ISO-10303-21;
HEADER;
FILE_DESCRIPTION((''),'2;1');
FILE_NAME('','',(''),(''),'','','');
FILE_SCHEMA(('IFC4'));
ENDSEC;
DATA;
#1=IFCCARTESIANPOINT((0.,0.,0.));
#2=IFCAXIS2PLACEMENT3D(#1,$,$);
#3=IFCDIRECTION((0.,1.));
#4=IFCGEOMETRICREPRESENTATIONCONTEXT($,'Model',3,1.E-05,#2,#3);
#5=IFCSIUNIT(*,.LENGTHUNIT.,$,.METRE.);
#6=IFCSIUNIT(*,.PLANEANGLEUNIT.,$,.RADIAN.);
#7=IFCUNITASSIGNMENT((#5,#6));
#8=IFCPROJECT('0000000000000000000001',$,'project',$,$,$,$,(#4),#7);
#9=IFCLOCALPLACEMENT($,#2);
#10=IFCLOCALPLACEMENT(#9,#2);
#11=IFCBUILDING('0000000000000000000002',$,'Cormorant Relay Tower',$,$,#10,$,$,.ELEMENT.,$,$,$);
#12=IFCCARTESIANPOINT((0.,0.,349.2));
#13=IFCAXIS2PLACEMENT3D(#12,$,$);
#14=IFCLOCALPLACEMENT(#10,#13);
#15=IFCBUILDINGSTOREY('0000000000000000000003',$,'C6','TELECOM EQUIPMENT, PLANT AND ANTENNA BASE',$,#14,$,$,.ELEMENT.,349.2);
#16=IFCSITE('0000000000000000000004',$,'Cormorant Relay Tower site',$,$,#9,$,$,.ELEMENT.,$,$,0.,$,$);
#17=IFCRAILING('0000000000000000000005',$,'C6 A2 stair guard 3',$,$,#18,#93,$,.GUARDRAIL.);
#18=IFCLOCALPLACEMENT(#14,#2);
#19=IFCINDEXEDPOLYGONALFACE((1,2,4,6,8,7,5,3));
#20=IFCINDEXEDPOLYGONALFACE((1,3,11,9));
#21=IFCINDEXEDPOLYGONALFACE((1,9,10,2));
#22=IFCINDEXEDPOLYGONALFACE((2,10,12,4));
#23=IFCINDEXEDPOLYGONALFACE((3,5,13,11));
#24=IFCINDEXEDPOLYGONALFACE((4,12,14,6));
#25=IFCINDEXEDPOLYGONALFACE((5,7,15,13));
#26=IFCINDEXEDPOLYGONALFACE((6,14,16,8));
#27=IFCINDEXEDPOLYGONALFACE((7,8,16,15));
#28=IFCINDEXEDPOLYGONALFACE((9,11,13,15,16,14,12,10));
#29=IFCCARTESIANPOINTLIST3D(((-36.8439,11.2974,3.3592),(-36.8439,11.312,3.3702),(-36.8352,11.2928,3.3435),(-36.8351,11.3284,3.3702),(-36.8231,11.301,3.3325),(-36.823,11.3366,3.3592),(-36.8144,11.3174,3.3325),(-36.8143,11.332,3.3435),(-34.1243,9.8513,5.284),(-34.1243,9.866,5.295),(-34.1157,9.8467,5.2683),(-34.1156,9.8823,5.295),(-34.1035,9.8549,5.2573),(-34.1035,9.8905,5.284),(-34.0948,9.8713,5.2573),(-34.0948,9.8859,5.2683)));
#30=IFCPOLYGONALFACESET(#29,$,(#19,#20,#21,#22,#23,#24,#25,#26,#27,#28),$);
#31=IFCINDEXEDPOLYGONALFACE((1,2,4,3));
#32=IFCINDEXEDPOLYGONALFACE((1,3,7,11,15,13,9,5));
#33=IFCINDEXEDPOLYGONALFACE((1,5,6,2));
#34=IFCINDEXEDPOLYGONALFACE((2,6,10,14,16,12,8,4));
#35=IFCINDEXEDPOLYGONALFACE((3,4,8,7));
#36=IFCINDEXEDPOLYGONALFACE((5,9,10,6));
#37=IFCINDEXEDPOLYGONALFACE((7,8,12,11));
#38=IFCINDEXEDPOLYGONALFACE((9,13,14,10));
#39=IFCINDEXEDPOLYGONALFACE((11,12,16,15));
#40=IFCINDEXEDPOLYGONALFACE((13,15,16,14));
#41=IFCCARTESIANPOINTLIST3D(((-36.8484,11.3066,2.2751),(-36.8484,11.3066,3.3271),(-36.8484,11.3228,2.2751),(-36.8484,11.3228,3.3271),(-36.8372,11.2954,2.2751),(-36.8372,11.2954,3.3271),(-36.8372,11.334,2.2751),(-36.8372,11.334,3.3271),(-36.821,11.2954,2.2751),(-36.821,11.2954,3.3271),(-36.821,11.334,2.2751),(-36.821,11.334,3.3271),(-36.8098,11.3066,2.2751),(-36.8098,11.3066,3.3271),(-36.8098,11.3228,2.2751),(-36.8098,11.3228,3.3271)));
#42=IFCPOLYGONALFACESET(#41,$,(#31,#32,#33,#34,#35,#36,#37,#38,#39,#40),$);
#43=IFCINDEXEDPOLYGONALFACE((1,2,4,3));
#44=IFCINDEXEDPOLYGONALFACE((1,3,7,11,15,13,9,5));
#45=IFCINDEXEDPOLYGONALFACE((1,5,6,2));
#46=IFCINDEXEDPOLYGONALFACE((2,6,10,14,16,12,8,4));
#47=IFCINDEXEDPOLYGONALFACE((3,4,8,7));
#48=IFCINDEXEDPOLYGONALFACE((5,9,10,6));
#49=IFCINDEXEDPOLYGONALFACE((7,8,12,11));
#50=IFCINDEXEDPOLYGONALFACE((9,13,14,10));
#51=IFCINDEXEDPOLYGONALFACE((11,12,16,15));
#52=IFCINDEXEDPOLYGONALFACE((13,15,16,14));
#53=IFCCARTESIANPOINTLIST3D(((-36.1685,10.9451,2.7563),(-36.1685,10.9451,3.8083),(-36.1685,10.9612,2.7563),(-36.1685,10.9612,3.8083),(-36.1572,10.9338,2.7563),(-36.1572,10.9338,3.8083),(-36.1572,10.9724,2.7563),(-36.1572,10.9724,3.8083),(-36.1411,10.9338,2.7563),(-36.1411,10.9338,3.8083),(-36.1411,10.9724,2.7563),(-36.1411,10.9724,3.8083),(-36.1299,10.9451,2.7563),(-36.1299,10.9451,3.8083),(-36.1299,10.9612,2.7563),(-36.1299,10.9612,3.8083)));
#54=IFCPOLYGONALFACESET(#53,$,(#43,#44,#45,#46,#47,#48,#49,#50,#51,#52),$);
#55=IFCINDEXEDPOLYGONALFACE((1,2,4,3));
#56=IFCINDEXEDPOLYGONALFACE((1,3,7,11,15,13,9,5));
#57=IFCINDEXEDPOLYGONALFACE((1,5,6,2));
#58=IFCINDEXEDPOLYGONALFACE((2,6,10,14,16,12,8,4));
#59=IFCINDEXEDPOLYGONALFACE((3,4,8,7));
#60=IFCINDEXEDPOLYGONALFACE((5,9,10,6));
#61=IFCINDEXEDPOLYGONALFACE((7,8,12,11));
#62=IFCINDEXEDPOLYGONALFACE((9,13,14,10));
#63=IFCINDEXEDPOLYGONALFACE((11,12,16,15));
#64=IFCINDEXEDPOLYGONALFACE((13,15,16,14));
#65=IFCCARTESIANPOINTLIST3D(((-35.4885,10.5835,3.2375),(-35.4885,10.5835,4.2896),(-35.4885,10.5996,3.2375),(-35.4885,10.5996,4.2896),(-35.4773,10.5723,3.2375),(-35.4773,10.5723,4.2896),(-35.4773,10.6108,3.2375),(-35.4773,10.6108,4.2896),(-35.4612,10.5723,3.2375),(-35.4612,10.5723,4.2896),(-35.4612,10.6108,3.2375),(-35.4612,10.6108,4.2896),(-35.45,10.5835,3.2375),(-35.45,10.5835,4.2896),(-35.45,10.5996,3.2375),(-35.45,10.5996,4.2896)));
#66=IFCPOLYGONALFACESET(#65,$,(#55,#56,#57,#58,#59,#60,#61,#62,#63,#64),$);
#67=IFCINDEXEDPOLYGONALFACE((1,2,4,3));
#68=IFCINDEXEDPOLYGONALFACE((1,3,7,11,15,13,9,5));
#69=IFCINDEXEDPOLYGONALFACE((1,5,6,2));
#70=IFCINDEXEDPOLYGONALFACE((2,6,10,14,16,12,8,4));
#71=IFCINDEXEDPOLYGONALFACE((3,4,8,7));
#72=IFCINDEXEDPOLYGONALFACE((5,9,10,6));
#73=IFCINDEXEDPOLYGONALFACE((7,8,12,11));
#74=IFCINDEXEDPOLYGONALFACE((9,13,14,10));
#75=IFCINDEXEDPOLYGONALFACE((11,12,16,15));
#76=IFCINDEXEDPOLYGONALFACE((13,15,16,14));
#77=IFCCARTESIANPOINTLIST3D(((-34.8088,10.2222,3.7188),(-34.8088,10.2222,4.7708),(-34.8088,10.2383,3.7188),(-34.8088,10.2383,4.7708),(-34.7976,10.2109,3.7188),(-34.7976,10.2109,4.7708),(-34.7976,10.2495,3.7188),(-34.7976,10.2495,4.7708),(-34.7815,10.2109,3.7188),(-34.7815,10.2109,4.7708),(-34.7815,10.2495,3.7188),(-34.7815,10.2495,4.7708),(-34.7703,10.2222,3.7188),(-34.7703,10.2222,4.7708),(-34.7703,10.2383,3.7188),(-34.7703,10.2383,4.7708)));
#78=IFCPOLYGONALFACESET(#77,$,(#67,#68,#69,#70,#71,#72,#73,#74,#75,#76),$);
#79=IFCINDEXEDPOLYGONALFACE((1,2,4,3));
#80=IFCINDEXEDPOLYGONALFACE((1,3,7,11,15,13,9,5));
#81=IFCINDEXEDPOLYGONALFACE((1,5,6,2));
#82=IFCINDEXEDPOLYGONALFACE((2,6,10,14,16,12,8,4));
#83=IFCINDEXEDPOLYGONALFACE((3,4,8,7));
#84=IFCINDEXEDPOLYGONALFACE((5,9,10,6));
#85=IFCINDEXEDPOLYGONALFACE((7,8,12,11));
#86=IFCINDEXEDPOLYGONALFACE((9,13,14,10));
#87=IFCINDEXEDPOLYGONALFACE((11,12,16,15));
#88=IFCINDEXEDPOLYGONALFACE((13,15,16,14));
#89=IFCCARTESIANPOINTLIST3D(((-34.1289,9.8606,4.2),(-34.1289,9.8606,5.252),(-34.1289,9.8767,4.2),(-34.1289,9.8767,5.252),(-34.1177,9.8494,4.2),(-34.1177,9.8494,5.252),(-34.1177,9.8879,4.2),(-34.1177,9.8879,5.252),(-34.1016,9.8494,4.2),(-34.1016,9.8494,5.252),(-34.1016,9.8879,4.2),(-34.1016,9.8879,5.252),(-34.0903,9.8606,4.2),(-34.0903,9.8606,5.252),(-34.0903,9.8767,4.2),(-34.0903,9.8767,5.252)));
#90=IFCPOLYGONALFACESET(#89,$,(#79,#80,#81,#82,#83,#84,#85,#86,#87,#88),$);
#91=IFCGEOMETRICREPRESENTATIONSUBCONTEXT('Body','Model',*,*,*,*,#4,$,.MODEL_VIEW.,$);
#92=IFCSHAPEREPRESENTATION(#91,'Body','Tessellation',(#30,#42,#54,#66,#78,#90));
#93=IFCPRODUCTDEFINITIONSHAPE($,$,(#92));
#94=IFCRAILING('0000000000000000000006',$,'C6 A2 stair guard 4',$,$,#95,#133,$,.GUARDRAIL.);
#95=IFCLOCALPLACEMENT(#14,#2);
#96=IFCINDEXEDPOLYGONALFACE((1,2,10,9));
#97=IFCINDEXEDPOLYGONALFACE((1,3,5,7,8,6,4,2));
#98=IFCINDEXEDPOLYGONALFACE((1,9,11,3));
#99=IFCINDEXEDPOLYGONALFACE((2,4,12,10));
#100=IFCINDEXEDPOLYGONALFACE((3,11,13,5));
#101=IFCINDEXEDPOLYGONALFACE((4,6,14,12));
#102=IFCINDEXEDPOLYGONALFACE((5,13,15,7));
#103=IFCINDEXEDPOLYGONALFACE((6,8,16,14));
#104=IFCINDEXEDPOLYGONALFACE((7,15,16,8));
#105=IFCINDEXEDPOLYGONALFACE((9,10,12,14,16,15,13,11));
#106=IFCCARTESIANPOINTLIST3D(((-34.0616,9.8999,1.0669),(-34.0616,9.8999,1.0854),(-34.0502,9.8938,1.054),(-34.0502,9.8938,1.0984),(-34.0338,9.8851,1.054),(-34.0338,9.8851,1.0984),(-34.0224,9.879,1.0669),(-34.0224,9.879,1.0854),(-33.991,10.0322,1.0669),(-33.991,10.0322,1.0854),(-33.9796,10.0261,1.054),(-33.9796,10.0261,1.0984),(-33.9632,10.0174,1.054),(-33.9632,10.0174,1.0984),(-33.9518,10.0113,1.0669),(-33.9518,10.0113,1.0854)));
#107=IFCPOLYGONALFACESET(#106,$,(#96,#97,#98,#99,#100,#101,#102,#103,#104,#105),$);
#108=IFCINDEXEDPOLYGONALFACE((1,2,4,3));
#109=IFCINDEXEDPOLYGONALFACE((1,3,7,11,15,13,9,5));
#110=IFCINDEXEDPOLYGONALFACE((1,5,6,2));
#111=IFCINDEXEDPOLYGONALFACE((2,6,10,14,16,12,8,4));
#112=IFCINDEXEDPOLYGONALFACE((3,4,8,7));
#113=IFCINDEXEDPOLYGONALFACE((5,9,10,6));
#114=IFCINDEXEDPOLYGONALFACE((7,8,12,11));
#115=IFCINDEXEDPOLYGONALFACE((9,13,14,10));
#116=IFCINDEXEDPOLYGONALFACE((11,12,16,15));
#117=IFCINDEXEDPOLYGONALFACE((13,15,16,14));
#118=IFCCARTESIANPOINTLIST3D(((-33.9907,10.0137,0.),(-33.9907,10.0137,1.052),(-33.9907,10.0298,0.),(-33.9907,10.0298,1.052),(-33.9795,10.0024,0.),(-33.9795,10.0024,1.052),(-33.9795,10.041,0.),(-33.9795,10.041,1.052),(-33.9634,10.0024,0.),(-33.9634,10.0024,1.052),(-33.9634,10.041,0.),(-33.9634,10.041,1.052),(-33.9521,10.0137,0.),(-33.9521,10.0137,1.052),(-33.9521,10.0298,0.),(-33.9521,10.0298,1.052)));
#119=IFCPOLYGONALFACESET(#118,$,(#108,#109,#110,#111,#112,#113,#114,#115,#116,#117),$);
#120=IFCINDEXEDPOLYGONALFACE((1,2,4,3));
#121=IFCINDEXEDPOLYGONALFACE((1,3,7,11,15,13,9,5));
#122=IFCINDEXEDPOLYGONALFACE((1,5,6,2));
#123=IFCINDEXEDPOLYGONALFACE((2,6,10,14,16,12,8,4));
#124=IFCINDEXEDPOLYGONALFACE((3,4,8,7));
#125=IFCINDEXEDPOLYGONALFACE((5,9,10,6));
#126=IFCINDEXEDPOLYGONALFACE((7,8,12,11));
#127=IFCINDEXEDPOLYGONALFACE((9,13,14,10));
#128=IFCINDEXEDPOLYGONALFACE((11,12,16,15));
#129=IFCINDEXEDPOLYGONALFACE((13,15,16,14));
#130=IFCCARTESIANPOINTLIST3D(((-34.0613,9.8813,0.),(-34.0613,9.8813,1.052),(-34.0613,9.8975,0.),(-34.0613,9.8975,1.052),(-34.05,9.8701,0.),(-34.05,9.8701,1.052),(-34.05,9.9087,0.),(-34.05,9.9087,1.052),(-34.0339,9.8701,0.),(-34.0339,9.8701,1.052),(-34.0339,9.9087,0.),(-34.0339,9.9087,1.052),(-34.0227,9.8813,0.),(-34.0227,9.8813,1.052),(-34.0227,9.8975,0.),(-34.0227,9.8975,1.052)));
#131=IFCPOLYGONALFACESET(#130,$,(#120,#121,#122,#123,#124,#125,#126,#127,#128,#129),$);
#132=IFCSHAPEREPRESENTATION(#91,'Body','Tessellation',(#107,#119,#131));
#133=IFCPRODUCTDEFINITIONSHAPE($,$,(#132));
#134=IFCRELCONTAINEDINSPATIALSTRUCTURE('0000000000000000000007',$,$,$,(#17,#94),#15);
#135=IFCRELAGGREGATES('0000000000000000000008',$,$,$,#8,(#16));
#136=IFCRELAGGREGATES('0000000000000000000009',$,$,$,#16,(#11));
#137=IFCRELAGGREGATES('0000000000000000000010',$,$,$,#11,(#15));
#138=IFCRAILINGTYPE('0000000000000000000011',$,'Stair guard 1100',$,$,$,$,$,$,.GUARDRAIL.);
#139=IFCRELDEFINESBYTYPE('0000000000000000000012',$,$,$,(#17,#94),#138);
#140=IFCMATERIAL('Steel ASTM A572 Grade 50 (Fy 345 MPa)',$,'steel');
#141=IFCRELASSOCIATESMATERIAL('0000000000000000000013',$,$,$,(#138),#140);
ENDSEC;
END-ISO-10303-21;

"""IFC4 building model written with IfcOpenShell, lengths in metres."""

from ifc_helpers import new_model, si_unit, direction, frame, origin, place, context, subcontext, project, spatial, polyline, outline, extrude, material, type_object, element, save


model = new_model("IFC4")

# Units and contexts
model_context = context("Model", 3, precision=1e-05, world=origin(), true_north=direction((0.0, 1.0)))
body_context = subcontext(model_context, "Body", "Model", "MODEL_VIEW")
ifc_project = project(units=[si_unit("LENGTHUNIT", "METRE"), si_unit("PLANEANGLEUNIT", "RADIAN")], contexts=[model_context])

# Site, building, storey
site_placement = place(None, origin())
site = spatial("IfcSite", under=ifc_project, at=site_placement, Name="Cormorant Relay Tower site", CompositionType="ELEMENT", RefElevation=0.0)
building_placement = place(site_placement, origin())
building = spatial("IfcBuilding", under=site, at=building_placement, Name="Cormorant Relay Tower", CompositionType="ELEMENT")
storey_placement = place(building_placement, frame((0.0, 0.0, 349.2)))
storey = spatial("IfcBuildingStorey", under=building, at=storey_placement, Name="C6", Description="TELECOM EQUIPMENT, PLANT AND ANTENNA BASE", CompositionType="ELEMENT", Elevation=349.2)

# Railings
ifc_material_1 = material(Name="Steel ASTM A572 Grade 50 (Fy 345 MPa)", Category="steel")
railing_type_1 = type_object("IfcRailingType", Name="Stair guard 1100", PredefinedType="GUARDRAIL", material=ifc_material_1)
railing_1_placement = place(storey_placement, frame((-36.8291, 11.3147, 2.2751)))
element("IfcRailing", 1, at=railing_1_placement, inside=storey, type_object=railing_type_1, Name="C6 A2 stair guard 3", PredefinedType="GUARDRAIL", context=body_context, shape_type="SweptSolid", body=[
    extrude(outline(polyline([(0.0222, 0.0093), (0.0093, 0.0222), (-0.0093, 0.0222), (-0.0222, 0.0093), (-0.0222, -0.0093), (-0.0093, -0.0222), (0.0093, -0.0222), (0.0222, -0.0093), (0.0222, 0.0093)])), frame((0.0, 0.0, 1.0762), z_axis=(0.748754, -0.398139, 0.529956), x_axis=(0.469489, 0.882938, 0.0)), (0.0, 0.0, 1.0), 3.6321),
    extrude(outline(polyline([(0.0193, 0.0081), (0.0081, 0.0193), (-0.0081, 0.0193), (-0.0193, 0.0081), (-0.0193, -0.0081), (-0.0081, -0.0193), (0.0081, -0.0193), (0.0193, -0.0081), (0.0193, 0.0081)])), origin(), (0.0, 0.0, 1.0), 1.052),
    extrude(outline(polyline([(0.0193, 0.0081), (0.0081, 0.0193), (-0.0081, 0.0193), (-0.0193, 0.0081), (-0.0193, -0.0081), (-0.0081, -0.0193), (0.0081, -0.0193), (0.0193, -0.0081), (0.0193, 0.0081)])), frame((0.6799, -0.3616, 0.4812)), (0.0, 0.0, 1.0), 1.052),
    extrude(outline(polyline([(0.0193, 0.0081), (0.0081, 0.0193), (-0.0081, 0.0193), (-0.0193, 0.0081), (-0.0193, -0.0081), (-0.0081, -0.0193), (0.0081, -0.0193), (0.0193, -0.0081), (0.0193, 0.0081)])), frame((1.3599, -0.7231, 0.9624)), (0.0, 0.0, 1.0), 1.052),
    extrude(outline(polyline([(0.0193, 0.0081), (0.0081, 0.0193), (-0.0081, 0.0193), (-0.0193, 0.0081), (-0.0193, -0.0081), (-0.0081, -0.0193), (0.0081, -0.0193), (0.0193, -0.0081), (0.0193, 0.0081)])), frame((2.0396, -1.0845, 1.4436)), (0.0, 0.0, 1.0), 1.052),
    extrude(outline(polyline([(0.0193, 0.0081), (0.0081, 0.0193), (-0.0081, 0.0193), (-0.0193, 0.0081), (-0.0193, -0.0081), (-0.0081, -0.0193), (0.0081, -0.0193), (0.0193, -0.0081), (0.0193, 0.0081)])), frame((2.7195, -1.446, 1.9248)), (0.0, 0.0, 1.0), 1.052),
])
railing_2_placement = place(storey_placement, frame((-33.9714, 10.0217, 0.0)))
element("IfcRailing", 2, at=railing_2_placement, inside=storey, type_object=railing_type_1, Name="C6 A2 stair guard 4", PredefinedType="GUARDRAIL", context=body_context, shape_type="SweptSolid", body=[
    extrude(outline(polyline([(0.0222, 0.0093), (0.0093, 0.0222), (-0.0093, 0.0222), (-0.0222, 0.0093), (-0.0222, -0.0093), (-0.0093, -0.0222), (0.0093, -0.0222), (0.0222, -0.0093), (0.0222, 0.0093)])), frame((0.0, 0.0, 1.0762), z_axis=(-0.470504, -0.882398, 0.0), x_axis=(0.882398, -0.470504, 0.0)), (0.0, 0.0, 1.0), 0.1499),
    extrude(outline(polyline([(0.0193, 0.0081), (0.0081, 0.0193), (-0.0081, 0.0193), (-0.0193, 0.0081), (-0.0193, -0.0081), (-0.0081, -0.0193), (0.0081, -0.0193), (0.0193, -0.0081), (0.0193, 0.0081)])), origin(), (0.0, 0.0, 1.0), 1.052),
    extrude(outline(polyline([(0.0193, 0.0081), (0.0081, 0.0193), (-0.0081, 0.0193), (-0.0193, 0.0081), (-0.0193, -0.0081), (-0.0081, -0.0193), (0.0081, -0.0193), (0.0193, -0.0081), (0.0193, 0.0081)])), frame((-0.0706, -0.1323, 0.0)), (0.0, 0.0, 1.0), 1.052),
])

save(model, "model.ifc")
